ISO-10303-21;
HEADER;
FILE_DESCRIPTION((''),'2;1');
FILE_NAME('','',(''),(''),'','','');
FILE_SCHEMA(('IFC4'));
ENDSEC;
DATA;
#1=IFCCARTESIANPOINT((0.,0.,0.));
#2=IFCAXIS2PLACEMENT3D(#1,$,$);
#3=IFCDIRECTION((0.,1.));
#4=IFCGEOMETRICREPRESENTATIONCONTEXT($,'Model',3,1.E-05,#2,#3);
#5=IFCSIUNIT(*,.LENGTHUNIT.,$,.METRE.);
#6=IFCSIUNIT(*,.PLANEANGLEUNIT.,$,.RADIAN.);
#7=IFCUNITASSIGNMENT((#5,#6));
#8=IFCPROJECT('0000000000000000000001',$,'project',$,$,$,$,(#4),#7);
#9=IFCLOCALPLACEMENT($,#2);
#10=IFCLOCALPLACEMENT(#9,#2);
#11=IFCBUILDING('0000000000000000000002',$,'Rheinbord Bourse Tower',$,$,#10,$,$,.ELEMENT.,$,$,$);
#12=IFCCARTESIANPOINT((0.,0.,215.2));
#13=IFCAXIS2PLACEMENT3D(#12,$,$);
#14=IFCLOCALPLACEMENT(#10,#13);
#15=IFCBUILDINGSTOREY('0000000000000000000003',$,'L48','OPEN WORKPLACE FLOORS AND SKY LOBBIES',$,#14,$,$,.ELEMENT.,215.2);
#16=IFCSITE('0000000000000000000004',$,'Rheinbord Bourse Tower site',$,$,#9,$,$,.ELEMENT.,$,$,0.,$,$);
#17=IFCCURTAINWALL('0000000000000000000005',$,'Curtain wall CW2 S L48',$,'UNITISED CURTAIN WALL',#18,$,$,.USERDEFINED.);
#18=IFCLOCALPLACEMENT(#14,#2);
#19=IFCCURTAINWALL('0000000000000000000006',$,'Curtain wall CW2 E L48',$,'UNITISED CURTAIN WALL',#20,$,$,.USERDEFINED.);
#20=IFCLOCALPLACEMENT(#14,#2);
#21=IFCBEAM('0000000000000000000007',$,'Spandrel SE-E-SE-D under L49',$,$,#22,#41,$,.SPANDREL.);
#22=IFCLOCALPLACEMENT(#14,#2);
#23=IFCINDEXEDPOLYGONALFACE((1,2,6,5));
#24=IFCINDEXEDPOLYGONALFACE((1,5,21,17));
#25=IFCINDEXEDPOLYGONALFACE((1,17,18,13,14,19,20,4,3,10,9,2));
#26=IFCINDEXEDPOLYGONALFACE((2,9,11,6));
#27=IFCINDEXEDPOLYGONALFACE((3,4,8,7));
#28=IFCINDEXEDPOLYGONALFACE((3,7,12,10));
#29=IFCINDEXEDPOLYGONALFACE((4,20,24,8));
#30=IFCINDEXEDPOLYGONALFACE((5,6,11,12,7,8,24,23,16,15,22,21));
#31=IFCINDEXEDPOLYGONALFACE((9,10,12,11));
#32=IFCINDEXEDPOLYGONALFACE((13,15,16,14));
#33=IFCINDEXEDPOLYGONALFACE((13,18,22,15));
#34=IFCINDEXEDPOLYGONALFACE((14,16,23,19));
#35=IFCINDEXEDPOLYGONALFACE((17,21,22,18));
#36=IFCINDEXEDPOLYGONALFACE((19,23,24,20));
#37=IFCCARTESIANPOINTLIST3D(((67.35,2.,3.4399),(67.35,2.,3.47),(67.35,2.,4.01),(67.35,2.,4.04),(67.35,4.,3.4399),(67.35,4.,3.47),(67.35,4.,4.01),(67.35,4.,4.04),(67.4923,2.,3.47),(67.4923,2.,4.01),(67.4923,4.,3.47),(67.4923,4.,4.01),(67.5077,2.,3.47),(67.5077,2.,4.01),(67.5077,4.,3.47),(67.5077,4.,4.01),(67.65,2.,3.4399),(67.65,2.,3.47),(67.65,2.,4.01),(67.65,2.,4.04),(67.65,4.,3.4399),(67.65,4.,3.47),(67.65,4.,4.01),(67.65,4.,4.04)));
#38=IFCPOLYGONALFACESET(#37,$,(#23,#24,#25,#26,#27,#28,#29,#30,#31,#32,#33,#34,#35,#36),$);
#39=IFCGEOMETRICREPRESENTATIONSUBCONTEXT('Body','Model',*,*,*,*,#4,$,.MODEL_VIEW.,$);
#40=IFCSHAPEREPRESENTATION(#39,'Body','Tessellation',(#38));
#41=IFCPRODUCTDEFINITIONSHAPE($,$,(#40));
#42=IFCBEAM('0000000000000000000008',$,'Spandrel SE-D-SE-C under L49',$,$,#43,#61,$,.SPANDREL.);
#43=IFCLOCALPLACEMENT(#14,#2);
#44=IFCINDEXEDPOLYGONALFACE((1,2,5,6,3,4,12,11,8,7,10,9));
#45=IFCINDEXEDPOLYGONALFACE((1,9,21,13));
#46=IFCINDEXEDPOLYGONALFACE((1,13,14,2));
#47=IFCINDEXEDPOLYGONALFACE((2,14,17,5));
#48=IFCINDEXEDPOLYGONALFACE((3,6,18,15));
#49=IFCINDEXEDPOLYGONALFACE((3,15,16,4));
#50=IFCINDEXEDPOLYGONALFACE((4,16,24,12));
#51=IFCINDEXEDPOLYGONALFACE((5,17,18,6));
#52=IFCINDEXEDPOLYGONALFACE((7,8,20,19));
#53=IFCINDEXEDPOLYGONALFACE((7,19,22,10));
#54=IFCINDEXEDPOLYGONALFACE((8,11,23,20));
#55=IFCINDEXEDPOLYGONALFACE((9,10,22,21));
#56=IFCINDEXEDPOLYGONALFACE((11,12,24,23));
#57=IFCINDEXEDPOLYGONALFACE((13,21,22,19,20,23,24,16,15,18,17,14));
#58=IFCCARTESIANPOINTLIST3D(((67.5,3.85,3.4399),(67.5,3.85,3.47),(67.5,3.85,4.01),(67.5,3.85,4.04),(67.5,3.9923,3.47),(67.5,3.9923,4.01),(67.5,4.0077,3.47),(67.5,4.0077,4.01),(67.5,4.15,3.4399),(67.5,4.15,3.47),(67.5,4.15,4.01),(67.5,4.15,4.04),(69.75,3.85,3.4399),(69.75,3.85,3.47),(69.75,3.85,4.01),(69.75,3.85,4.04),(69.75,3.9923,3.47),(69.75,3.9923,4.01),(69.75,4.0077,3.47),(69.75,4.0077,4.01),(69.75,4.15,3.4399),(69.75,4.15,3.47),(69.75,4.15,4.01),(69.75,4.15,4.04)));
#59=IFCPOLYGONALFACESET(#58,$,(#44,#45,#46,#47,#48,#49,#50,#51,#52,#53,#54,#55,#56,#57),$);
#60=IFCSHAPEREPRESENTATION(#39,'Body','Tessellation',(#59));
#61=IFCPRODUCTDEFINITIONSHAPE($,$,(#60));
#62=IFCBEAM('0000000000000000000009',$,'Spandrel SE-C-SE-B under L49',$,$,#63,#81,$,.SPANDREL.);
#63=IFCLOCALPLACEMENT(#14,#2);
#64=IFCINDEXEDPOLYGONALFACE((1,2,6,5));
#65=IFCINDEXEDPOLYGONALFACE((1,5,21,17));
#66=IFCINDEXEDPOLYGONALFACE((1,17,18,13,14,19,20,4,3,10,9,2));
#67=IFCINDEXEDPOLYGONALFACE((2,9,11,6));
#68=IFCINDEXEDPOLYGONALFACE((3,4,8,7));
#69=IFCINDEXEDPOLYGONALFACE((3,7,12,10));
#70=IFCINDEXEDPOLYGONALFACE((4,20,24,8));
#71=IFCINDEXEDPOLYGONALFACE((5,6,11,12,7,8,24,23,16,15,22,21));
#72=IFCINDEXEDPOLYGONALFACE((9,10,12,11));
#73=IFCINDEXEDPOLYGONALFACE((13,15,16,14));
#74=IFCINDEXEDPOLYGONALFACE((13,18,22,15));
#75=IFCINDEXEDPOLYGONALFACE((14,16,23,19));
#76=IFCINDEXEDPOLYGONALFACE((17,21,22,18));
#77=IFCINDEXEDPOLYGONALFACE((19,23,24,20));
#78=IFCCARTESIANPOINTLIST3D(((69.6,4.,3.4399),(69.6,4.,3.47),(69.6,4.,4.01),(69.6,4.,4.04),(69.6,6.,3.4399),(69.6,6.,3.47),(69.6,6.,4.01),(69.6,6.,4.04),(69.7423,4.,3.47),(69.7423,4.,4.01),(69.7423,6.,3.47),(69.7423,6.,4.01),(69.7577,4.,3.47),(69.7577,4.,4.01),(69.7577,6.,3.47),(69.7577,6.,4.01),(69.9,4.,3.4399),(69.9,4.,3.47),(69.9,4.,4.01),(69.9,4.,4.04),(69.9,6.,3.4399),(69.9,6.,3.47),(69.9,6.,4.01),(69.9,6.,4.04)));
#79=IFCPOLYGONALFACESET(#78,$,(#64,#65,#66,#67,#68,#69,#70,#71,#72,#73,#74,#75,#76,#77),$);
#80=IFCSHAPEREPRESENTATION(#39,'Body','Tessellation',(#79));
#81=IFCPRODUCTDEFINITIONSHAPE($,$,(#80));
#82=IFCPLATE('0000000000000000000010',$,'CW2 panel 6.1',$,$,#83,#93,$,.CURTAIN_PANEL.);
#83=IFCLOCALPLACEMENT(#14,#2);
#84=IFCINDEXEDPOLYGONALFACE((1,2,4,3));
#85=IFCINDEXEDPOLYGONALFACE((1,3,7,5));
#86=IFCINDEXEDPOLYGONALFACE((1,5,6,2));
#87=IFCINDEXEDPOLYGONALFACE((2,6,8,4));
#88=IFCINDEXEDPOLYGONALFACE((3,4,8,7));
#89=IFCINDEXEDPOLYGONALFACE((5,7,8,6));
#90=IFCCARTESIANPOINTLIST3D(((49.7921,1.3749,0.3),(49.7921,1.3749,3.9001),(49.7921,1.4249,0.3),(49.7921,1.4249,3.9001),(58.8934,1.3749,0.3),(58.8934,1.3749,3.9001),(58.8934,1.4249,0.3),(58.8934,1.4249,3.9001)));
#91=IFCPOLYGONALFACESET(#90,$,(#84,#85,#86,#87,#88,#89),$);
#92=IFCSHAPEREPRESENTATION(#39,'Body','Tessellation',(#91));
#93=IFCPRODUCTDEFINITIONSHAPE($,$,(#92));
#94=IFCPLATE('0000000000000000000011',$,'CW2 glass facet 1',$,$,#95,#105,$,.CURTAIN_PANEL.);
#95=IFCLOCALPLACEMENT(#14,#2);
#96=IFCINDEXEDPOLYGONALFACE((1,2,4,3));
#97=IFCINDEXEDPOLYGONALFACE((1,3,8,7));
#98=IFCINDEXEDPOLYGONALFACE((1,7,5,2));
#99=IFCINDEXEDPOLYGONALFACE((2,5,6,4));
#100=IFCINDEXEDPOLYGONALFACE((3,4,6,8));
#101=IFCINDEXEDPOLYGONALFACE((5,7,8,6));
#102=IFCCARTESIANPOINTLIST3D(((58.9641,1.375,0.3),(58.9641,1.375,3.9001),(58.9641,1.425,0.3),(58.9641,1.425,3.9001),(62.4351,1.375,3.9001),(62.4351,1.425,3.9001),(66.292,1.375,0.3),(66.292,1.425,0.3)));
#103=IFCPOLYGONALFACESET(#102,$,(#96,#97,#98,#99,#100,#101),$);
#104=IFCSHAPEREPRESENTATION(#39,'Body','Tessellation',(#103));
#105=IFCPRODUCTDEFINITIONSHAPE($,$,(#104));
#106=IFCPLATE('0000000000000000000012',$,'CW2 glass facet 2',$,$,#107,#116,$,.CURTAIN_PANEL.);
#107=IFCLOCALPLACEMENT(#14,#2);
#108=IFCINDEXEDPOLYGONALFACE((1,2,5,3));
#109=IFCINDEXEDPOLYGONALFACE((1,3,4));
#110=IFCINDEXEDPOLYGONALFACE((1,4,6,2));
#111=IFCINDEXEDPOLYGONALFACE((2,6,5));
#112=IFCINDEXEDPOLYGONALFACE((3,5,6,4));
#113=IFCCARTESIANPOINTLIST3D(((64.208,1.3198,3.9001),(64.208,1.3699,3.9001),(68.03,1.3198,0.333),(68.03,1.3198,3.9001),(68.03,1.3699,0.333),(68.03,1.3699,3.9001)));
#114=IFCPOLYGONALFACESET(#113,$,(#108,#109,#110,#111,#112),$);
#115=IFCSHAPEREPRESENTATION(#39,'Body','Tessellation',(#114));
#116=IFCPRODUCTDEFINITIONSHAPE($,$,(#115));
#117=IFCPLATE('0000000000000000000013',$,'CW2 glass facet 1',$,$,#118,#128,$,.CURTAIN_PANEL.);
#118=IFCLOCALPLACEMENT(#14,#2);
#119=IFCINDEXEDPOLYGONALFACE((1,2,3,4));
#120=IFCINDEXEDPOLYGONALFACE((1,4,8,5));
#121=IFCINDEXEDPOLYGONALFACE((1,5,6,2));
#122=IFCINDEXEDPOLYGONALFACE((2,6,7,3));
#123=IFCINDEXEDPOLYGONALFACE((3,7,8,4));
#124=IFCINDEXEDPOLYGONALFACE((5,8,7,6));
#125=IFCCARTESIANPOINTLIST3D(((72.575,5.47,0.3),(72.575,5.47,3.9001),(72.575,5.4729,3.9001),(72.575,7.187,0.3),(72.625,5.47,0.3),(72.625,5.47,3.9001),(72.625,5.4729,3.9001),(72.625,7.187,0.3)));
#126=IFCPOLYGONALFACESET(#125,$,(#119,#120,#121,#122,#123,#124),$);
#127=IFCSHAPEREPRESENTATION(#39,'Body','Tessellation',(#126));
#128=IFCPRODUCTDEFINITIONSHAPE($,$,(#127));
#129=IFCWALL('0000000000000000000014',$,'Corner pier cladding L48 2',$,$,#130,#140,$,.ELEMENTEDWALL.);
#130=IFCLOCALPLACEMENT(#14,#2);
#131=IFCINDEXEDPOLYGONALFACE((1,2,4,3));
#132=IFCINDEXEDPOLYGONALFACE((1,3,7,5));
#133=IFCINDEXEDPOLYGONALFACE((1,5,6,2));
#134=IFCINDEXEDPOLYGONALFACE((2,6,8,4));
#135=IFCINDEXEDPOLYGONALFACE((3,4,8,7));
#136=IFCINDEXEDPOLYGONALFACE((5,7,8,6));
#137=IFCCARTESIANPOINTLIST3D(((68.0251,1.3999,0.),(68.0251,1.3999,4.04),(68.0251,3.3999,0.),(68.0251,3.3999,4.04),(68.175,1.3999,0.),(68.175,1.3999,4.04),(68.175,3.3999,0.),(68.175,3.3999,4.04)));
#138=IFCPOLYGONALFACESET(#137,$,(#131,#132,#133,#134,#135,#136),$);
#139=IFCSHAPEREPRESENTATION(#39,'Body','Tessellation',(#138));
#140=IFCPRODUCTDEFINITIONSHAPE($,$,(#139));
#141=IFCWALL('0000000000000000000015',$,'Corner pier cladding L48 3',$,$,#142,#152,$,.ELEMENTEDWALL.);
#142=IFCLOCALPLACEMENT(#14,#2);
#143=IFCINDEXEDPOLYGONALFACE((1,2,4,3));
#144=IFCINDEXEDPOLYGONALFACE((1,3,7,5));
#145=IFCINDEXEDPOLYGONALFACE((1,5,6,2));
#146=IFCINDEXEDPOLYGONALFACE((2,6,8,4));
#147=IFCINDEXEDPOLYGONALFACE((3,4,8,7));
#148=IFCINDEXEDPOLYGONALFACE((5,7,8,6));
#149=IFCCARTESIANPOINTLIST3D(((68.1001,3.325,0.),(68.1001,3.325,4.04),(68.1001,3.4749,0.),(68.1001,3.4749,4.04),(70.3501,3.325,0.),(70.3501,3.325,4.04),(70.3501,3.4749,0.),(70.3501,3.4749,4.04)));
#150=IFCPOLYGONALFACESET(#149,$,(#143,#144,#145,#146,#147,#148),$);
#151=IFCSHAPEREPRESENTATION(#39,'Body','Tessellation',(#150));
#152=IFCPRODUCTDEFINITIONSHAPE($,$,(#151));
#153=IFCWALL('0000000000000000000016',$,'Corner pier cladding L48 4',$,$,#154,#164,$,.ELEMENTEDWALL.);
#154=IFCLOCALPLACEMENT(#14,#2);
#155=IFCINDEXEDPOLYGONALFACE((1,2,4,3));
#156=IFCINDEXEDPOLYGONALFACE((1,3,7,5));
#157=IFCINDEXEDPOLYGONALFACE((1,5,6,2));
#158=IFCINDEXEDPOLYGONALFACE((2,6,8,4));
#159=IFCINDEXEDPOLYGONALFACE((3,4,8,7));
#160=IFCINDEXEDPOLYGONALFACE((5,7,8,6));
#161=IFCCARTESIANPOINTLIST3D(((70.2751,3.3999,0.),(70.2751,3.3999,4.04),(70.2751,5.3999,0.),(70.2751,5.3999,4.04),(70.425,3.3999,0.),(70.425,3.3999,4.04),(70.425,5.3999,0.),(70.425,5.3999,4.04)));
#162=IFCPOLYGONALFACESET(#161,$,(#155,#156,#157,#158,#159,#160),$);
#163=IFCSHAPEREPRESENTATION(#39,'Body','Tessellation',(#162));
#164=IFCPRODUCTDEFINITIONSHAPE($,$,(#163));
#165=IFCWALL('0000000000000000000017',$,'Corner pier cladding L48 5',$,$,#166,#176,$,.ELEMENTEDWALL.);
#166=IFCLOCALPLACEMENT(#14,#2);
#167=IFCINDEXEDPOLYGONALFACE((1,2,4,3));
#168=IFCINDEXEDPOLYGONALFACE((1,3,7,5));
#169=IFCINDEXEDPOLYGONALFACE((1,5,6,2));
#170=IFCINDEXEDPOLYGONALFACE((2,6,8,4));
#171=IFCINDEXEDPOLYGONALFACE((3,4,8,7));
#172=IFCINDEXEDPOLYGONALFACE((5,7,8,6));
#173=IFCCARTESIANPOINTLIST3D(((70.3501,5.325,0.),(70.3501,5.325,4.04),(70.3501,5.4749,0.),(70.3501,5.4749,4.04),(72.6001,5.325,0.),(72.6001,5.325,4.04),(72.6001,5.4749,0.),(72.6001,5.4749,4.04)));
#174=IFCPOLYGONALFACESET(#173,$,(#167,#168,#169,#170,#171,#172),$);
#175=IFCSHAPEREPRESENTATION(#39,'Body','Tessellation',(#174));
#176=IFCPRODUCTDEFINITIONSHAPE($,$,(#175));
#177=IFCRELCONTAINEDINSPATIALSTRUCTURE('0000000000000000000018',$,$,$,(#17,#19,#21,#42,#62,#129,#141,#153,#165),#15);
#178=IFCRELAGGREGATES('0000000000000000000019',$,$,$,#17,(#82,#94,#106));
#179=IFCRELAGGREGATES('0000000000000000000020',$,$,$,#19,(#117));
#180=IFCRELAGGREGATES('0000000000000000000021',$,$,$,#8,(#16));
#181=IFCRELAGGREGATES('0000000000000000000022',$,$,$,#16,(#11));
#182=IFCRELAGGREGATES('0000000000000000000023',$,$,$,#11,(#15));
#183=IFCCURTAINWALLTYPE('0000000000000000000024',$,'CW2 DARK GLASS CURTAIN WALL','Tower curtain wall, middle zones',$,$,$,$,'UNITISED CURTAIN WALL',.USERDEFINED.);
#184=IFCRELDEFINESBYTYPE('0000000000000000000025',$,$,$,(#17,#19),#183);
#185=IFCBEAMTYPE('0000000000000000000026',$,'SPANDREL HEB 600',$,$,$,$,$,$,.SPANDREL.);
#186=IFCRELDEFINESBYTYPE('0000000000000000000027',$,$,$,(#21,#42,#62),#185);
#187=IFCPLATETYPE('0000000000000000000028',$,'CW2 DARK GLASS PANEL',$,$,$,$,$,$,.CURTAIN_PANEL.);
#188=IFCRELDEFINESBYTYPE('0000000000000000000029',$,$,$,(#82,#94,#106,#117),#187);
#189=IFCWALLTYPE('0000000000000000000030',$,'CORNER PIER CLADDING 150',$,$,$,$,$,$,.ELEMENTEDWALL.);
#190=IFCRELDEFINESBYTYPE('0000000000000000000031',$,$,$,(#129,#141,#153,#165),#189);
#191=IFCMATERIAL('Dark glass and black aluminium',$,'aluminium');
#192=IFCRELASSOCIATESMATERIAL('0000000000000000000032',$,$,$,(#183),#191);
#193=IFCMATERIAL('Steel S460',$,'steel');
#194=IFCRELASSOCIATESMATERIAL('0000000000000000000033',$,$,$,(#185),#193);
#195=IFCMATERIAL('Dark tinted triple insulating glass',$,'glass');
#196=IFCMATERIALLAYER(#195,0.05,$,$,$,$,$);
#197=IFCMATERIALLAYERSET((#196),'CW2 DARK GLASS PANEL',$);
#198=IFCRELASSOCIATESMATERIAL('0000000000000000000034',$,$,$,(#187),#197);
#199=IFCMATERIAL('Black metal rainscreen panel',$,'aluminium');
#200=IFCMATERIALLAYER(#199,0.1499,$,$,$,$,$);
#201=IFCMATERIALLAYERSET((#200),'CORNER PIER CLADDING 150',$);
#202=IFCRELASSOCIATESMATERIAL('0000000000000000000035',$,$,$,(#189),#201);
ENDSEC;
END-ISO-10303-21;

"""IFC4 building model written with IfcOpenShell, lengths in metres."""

from ifc_helpers import new_model, si_unit, direction, frame, frame_2d, origin, origin_2d, place, context, subcontext, project, spatial, polyline, rectangle, i_section, outline, extrude, material, layer, layer_set, material_profile, profile_set, type_object, element, aggregate, save


model = new_model("IFC4")

# Units and contexts
model_context = context("Model", 3, precision=1e-05, world=origin(), true_north=direction((0.0, 1.0)))
body_context = subcontext(model_context, "Body", "Model", "MODEL_VIEW")
ifc_project = project(units=[si_unit("LENGTHUNIT", "METRE"), si_unit("PLANEANGLEUNIT", "RADIAN")], contexts=[model_context])

# Site, building, storey
site_placement = place(None, origin())
site = spatial("IfcSite", under=ifc_project, at=site_placement, Name="Rheinbord Bourse Tower site", CompositionType="ELEMENT", RefElevation=0.0)
building_placement = place(site_placement, origin())
building = spatial("IfcBuilding", under=site, at=building_placement, Name="Rheinbord Bourse Tower", CompositionType="ELEMENT")
storey_placement = place(building_placement, frame((0.0, 0.0, 215.2)))
storey = spatial("IfcBuildingStorey", under=building, at=storey_placement, Name="L48", Description="OPEN WORKPLACE FLOORS AND SKY LOBBIES", CompositionType="ELEMENT", Elevation=215.2)

# Curtain wall
ifc_material_1 = material(Name="Dark glass and black aluminium", Category="aluminium")
curtain_wall_type = type_object("IfcCurtainWallType", Name="CW2 DARK GLASS CURTAIN WALL", Description="Tower curtain wall, middle zones", ElementType="UNITISED CURTAIN WALL", PredefinedType="USERDEFINED", material=ifc_material_1)
curtain_wall_1_placement = place(storey_placement, origin())
curtain_wall_1 = element("IfcCurtainWall", 1, at=curtain_wall_1_placement, inside=storey, type_object=curtain_wall_type, Name="Curtain wall CW2 S L48", ObjectType="UNITISED CURTAIN WALL", PredefinedType="USERDEFINED")

# Curtain wall
curtain_wall_2_placement = place(storey_placement, origin())
curtain_wall_2 = element("IfcCurtainWall", 2, at=curtain_wall_2_placement, inside=storey, type_object=curtain_wall_type, Name="Curtain wall CW2 E L48", ObjectType="UNITISED CURTAIN WALL", PredefinedType="USERDEFINED")

# Beams
ifc_material_2 = material(Name="Steel S460", Category="steel")
ifc_material_profile_1 = material_profile(ifc_material_2, i_section(OverallWidth=0.3, OverallDepth=0.6001, WebThickness=0.0154, FlangeThickness=0.03, at=origin_2d()), Name="HEB 600")
ifc_profile_set_1 = profile_set([ifc_material_profile_1], Name="Steel S460")
beam_type_1 = type_object("IfcBeamType", Name="SPANDREL HEB 600", PredefinedType="SPANDREL", material=ifc_profile_set_1)
beam_1_placement = place(storey_placement, frame((67.5, 2.0, 3.74), z_axis=(0.0, 1.0, 0.0), x_axis=(-1.0, 0.0, 0.0)))
element("IfcBeam", 3, at=beam_1_placement, inside=storey, type_object=beam_type_1, Name="Spandrel SE-E-SE-D under L49", PredefinedType="SPANDREL", context=body_context, shape_type="SweptSolid", body=[
    extrude(i_section(OverallWidth=0.3, OverallDepth=0.6001, WebThickness=0.0154, FlangeThickness=0.03, at=origin_2d()), origin(), (0.0, 0.0, 1.0), 2.0),
])
beam_2_placement = place(storey_placement, frame((67.5, 4.0, 3.74), z_axis=(1.0, 0.0, 0.0), x_axis=(0.0, 1.0, 0.0)))
element("IfcBeam", 4, at=beam_2_placement, inside=storey, type_object=beam_type_1, Name="Spandrel SE-D-SE-C under L49", PredefinedType="SPANDREL", context=body_context, shape_type="SweptSolid", body=[
    extrude(i_section(OverallWidth=0.3, OverallDepth=0.6001, WebThickness=0.0154, FlangeThickness=0.03, at=origin_2d()), origin(), (0.0, 0.0, 1.0), 2.25),
])
beam_3_placement = place(storey_placement, frame((69.75, 4.0, 3.74), z_axis=(0.0, 1.0, 0.0), x_axis=(-1.0, 0.0, 0.0)))
element("IfcBeam", 5, at=beam_3_placement, inside=storey, type_object=beam_type_1, Name="Spandrel SE-C-SE-B under L49", PredefinedType="SPANDREL", context=body_context, shape_type="SweptSolid", body=[
    extrude(i_section(OverallWidth=0.3, OverallDepth=0.6001, WebThickness=0.0154, FlangeThickness=0.03, at=origin_2d()), origin(), (0.0, 0.0, 1.0), 2.0),
])

# Plates
ifc_material_3 = material(Name="Dark tinted triple insulating glass", Category="glass")
ifc_layer_1 = layer(ifc_material_3, 0.05)
ifc_layer_set_1 = layer_set([ifc_layer_1], Name="CW2 DARK GLASS PANEL")
plate_type = type_object("IfcPlateType", Name="CW2 DARK GLASS PANEL", PredefinedType="CURTAIN_PANEL", material=ifc_layer_set_1)
plate_1_placement = place(storey_placement, frame((54.3428, 1.3999, 0.3), z_axis=(0.0, 0.0, 1.0), x_axis=(1.0, 0.0, 0.0)))
plate_1 = element("IfcPlate", 6, at=plate_1_placement, type_object=plate_type, Name="CW2 panel 6.1", PredefinedType="CURTAIN_PANEL", context=body_context, shape_type="SweptSolid", body=[
    extrude(rectangle(XDim=9.1013, YDim=0.05, at=origin_2d()), origin(), (0.0, 0.0, 1.0), 3.6001),
])
plate_2_placement = place(storey_placement, frame((58.9641, 1.375, 0.3), z_axis=(0.0, 1.0, 0.0), x_axis=(0.0, 0.0, 1.0)))
plate_2 = element("IfcPlate", 7, at=plate_2_placement, type_object=plate_type, Name="CW2 glass facet 1", PredefinedType="CURTAIN_PANEL", context=body_context, shape_type="SweptSolid", body=[
    extrude(outline(polyline([(0.0, 0.0), (3.6001, 0.0), (3.6001, 3.4709), (0.0, 7.3279), (0.0, 0.0)])), origin(), (0.0, 0.0, 1.0), 0.05),
])
plate_3_placement = place(storey_placement, frame((68.03, 1.3198, 3.9001), z_axis=(0.0, 1.0, 0.0), x_axis=(0.0, 0.0, -1.0)))
plate_3 = element("IfcPlate", 8, at=plate_3_placement, type_object=plate_type, Name="CW2 glass facet 2", PredefinedType="CURTAIN_PANEL", context=body_context, shape_type="SweptSolid", body=[
    extrude(outline(polyline([(0.0, 0.0), (3.5671, 0.0), (0.0, 3.822), (0.0, 0.0)])), origin(), (0.0, 0.0, 1.0), 0.05),
])
aggregate(curtain_wall_1, [plate_1, plate_2, plate_3])
plate_4_placement = place(storey_placement, frame((72.625, 5.47, 0.3), z_axis=(-1.0, 0.0, 0.0), x_axis=(0.0, 0.0, 1.0)))
plate_4 = element("IfcPlate", 9, at=plate_4_placement, type_object=plate_type, Name="CW2 glass facet 1", PredefinedType="CURTAIN_PANEL", context=body_context, shape_type="SweptSolid", body=[
    extrude(outline(polyline([(0.0, 0.0), (3.6001, 0.0), (3.6001, 0.0029), (0.0, 1.717), (0.0, 0.0)])), origin(), (0.0, 0.0, 1.0), 0.05),
])
aggregate(curtain_wall_2, [plate_4])

# Walls
ifc_material_4 = material(Name="Black metal rainscreen panel", Category="aluminium")
ifc_layer_2 = layer(ifc_material_4, 0.1499)
ifc_layer_set_2 = layer_set([ifc_layer_2], Name="CORNER PIER CLADDING 150")
wall_type = type_object("IfcWallType", Name="CORNER PIER CLADDING 150", PredefinedType="ELEMENTEDWALL", material=ifc_layer_set_2)
wall_1_placement = place(storey_placement, frame((68.1001, 1.3999, 0.0), z_axis=(0.0, 0.0, 1.0), x_axis=(0.0, 1.0, 0.0)))
element("IfcWall", 10, at=wall_1_placement, inside=storey, type_object=wall_type, Name="Corner pier cladding L48 2", PredefinedType="ELEMENTEDWALL", context=body_context, shape_type="SweptSolid", body=[
    extrude(rectangle(XDim=2.0, YDim=0.1499, at=frame_2d((1.0, 0.0))), origin(), (0.0, 0.0, 1.0), 4.04),
])
wall_2_placement = place(storey_placement, frame((68.1001, 3.3999, 0.0), z_axis=(0.0, 0.0, 1.0), x_axis=(1.0, 0.0, 0.0)))
element("IfcWall", 11, at=wall_2_placement, inside=storey, type_object=wall_type, Name="Corner pier cladding L48 3", PredefinedType="ELEMENTEDWALL", context=body_context, shape_type="SweptSolid", body=[
    extrude(rectangle(XDim=2.25, YDim=0.1499, at=frame_2d((1.125, 0.0))), origin(), (0.0, 0.0, 1.0), 4.04),
])
wall_3_placement = place(storey_placement, frame((70.3501, 3.3999, 0.0), z_axis=(0.0, 0.0, 1.0), x_axis=(0.0, 1.0, 0.0)))
element("IfcWall", 12, at=wall_3_placement, inside=storey, type_object=wall_type, Name="Corner pier cladding L48 4", PredefinedType="ELEMENTEDWALL", context=body_context, shape_type="SweptSolid", body=[
    extrude(rectangle(XDim=2.0, YDim=0.1499, at=frame_2d((1.0, 0.0))), origin(), (0.0, 0.0, 1.0), 4.04),
])
wall_4_placement = place(storey_placement, frame((70.3501, 5.3999, 0.0), z_axis=(0.0, 0.0, 1.0), x_axis=(1.0, 0.0, 0.0)))
element("IfcWall", 13, at=wall_4_placement, inside=storey, type_object=wall_type, Name="Corner pier cladding L48 5", PredefinedType="ELEMENTEDWALL", context=body_context, shape_type="SweptSolid", body=[
    extrude(rectangle(XDim=2.25, YDim=0.1499, at=frame_2d((1.125, 0.0))), origin(), (0.0, 0.0, 1.0), 4.04),
])

save(model, "model.ifc")
